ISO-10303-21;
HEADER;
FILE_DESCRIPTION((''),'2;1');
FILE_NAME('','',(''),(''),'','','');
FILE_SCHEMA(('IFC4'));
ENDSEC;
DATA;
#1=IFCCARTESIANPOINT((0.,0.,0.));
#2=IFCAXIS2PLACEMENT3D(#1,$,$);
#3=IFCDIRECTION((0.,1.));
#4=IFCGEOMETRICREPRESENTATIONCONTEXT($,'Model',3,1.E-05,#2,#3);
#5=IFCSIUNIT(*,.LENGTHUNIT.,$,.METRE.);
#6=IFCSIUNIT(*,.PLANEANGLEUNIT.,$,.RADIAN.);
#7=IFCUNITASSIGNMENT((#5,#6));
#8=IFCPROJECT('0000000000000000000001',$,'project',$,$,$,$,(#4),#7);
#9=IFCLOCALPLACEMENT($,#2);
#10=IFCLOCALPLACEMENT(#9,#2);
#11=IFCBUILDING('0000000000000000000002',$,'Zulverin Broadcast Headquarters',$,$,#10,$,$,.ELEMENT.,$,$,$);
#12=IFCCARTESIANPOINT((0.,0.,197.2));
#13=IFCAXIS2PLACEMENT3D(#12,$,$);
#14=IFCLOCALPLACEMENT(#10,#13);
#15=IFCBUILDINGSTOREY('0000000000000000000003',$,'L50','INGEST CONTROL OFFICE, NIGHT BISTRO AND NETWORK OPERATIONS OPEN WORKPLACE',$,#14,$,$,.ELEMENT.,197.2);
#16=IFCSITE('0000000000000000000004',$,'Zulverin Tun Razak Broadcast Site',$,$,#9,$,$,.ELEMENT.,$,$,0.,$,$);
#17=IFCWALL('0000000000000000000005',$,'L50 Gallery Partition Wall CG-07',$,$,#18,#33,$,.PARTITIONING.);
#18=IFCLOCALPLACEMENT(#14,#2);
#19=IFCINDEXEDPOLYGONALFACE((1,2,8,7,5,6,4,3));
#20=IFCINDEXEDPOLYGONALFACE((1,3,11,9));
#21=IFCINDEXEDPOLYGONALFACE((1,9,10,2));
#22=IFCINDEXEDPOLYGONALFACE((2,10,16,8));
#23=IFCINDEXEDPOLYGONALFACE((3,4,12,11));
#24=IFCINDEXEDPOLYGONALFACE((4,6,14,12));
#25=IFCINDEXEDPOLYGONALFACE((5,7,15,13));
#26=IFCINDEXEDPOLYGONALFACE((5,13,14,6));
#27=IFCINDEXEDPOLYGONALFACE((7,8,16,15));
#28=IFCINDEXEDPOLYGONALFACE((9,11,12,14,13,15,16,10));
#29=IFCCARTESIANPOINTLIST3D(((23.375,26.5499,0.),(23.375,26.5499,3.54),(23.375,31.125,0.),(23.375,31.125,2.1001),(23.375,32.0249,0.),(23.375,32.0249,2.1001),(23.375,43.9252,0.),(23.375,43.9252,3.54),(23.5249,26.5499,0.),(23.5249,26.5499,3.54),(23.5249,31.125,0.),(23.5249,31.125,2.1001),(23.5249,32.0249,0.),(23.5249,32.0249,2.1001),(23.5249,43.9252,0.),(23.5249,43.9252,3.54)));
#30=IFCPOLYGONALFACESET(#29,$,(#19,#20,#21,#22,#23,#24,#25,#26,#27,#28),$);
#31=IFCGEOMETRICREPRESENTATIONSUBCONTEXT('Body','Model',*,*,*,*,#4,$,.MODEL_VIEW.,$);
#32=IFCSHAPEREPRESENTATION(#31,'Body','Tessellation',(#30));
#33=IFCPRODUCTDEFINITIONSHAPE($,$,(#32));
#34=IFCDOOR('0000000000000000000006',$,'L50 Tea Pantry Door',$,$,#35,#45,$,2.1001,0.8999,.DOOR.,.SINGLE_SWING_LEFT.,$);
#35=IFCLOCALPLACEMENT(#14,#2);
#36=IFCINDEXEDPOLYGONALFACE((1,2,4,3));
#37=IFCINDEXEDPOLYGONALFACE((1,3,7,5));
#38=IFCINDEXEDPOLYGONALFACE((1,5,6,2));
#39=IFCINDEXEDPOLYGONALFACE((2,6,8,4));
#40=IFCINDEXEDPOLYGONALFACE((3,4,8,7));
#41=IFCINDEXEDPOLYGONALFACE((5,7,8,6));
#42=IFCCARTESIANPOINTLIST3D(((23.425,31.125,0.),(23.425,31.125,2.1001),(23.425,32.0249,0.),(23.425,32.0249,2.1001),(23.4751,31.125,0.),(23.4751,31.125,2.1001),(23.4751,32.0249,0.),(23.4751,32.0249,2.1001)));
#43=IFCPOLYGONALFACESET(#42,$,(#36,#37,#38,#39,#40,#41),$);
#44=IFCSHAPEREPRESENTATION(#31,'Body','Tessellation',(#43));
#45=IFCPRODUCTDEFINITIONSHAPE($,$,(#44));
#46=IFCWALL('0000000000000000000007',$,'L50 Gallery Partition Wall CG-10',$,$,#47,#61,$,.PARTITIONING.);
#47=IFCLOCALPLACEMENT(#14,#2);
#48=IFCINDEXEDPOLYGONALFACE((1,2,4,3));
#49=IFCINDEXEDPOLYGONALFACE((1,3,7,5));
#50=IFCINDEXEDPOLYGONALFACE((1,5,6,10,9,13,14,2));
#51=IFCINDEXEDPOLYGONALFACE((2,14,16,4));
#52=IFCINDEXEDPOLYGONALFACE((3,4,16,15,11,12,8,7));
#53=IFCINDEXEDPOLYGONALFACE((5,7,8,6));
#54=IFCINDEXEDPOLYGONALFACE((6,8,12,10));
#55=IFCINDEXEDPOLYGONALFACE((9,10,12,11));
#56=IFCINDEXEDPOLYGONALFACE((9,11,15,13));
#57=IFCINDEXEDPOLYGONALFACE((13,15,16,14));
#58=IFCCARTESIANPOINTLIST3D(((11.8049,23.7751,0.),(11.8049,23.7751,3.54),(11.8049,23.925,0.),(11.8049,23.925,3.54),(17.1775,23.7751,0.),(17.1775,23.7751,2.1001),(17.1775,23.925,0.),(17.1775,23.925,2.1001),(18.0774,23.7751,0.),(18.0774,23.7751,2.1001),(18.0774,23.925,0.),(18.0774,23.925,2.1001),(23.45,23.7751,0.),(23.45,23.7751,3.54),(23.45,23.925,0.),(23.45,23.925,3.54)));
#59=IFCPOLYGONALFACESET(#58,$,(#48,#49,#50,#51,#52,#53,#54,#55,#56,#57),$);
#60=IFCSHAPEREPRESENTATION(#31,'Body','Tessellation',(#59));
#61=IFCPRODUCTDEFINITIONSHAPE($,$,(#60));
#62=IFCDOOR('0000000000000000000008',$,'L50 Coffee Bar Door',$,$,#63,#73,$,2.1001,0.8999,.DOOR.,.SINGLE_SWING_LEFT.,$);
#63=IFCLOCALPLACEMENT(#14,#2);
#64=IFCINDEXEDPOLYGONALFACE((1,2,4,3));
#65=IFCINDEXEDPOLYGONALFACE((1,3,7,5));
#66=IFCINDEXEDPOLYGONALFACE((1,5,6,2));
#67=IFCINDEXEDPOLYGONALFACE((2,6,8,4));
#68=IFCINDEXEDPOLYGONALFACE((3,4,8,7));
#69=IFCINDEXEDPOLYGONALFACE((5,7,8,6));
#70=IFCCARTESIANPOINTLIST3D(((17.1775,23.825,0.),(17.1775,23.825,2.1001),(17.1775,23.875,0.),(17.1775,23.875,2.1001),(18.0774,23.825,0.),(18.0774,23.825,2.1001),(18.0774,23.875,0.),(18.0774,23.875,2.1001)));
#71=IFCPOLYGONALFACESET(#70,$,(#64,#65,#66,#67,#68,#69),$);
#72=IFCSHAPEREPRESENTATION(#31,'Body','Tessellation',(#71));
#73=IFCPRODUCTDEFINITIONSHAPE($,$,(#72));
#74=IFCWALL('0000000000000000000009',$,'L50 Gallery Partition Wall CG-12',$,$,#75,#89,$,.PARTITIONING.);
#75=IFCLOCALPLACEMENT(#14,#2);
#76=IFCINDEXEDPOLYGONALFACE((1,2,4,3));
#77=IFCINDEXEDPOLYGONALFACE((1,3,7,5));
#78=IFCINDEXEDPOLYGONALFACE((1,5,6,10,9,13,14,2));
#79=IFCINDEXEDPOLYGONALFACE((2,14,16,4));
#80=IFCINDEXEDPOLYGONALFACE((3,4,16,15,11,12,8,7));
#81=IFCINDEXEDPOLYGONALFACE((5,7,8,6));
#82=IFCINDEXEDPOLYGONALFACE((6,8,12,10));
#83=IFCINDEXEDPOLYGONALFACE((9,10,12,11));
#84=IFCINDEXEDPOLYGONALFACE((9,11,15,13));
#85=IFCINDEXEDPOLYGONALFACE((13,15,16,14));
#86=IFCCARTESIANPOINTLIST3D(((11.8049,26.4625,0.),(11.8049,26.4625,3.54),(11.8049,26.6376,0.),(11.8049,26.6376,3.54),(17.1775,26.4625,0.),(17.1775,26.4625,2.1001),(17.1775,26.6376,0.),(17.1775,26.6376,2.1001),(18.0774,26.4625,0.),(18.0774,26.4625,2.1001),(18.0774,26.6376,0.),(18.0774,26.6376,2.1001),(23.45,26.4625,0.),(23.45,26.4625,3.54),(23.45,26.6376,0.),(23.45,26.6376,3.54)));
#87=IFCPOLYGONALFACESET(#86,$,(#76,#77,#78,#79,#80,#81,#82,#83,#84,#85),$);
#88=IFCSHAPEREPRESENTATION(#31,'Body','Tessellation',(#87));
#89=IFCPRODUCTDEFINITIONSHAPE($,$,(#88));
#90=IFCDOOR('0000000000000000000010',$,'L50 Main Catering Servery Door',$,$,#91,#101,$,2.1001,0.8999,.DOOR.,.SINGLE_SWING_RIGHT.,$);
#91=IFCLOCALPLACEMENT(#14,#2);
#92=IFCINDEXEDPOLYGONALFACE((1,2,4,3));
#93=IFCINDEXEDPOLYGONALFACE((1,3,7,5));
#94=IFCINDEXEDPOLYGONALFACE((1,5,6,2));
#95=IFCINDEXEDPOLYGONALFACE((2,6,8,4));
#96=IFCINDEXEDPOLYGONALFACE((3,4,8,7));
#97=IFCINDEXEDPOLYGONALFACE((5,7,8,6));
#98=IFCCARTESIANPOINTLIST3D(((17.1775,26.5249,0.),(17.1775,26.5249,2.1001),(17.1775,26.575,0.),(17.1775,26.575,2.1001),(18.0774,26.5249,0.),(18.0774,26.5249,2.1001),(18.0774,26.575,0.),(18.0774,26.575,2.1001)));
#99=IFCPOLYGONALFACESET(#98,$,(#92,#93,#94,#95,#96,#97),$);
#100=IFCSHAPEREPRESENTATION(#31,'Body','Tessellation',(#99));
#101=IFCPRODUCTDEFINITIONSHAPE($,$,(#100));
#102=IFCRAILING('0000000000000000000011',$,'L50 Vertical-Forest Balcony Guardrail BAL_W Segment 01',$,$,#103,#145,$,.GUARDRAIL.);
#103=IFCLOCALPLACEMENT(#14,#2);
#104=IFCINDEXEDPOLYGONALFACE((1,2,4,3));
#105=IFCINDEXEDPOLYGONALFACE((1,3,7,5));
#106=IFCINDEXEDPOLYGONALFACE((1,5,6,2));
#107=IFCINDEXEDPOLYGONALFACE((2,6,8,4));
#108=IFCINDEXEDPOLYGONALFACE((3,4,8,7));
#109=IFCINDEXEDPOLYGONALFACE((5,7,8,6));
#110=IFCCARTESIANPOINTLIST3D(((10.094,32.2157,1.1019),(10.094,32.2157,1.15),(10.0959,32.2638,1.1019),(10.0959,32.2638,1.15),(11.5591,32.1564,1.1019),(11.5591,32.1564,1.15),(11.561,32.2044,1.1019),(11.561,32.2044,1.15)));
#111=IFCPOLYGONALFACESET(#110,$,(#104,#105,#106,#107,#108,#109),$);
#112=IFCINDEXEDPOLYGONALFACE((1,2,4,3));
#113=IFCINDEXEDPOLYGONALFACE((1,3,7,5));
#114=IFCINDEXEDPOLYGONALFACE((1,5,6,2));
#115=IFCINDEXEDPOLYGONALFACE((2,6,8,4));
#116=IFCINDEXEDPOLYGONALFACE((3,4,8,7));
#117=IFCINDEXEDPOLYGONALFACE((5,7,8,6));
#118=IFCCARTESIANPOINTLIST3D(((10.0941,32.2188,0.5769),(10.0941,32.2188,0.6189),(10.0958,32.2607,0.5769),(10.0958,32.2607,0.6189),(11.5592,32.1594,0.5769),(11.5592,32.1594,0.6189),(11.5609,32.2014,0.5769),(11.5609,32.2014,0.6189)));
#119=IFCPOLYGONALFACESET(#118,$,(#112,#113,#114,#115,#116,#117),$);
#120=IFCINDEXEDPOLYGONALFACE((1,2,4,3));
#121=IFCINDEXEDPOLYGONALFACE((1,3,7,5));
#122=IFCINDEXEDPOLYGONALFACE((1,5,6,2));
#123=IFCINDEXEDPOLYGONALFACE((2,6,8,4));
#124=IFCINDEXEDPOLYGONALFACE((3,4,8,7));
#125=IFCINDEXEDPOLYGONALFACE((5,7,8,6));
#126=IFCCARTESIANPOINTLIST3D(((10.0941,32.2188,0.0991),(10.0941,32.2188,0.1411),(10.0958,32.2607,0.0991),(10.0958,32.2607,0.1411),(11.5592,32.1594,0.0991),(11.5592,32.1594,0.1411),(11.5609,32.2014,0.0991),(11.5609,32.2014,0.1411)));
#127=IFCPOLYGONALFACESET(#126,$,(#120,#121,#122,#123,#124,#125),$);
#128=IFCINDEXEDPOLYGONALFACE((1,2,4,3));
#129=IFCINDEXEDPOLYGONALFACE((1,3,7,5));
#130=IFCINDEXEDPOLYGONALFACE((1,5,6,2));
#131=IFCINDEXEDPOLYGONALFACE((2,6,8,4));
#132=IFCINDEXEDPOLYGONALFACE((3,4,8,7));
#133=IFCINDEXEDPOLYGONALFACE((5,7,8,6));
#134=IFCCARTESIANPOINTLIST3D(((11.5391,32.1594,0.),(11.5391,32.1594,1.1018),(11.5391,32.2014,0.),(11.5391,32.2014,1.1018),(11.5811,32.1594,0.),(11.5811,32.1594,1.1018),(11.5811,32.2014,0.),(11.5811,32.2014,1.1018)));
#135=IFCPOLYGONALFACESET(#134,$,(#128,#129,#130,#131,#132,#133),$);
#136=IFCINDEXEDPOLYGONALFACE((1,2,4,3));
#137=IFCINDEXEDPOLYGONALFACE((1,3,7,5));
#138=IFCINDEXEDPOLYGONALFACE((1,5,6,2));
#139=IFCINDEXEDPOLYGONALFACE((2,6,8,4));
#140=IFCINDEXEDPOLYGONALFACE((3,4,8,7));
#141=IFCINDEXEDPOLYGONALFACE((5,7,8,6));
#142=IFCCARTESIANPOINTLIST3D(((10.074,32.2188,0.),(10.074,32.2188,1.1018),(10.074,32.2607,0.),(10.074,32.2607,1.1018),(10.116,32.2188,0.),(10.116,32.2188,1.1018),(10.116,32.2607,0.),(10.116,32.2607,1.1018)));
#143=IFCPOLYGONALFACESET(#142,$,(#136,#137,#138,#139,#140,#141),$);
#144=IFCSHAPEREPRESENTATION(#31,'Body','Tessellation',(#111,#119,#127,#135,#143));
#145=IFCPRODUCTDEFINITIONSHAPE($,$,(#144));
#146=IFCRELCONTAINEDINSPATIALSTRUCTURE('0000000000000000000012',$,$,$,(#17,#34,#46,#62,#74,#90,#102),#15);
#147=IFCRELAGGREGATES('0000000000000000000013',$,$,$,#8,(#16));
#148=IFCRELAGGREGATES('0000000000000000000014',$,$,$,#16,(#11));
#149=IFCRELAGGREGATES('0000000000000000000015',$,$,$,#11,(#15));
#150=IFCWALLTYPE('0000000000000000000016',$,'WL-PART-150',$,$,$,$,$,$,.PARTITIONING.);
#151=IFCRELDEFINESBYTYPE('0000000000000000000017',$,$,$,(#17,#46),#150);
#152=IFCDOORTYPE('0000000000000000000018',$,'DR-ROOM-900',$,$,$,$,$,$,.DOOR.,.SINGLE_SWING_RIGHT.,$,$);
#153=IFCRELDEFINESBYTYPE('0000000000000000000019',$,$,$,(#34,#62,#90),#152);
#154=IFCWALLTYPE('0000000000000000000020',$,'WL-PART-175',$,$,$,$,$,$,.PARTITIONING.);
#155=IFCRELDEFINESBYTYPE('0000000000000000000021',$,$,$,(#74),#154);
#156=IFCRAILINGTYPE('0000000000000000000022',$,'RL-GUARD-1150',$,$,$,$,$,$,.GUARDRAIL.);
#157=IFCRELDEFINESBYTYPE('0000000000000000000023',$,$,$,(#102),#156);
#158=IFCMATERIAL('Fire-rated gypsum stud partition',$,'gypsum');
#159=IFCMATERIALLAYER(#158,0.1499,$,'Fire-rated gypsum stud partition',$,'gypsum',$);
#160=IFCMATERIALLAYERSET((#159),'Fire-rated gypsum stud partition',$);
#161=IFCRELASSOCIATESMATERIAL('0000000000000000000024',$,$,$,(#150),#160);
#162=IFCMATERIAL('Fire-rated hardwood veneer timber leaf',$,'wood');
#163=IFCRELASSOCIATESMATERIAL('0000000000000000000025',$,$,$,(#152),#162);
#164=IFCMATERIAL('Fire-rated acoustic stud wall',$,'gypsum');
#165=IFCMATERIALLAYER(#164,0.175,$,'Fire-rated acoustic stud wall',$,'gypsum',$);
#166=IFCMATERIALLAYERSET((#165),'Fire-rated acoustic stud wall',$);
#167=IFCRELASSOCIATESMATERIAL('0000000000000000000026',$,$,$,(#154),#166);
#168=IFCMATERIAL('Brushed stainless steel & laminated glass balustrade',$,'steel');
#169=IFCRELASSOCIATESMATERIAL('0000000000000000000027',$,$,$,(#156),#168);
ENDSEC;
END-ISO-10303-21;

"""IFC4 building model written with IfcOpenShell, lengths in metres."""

from ifc_helpers import new_model, si_unit, direction, frame, frame_2d, origin, origin_2d, place, context, subcontext, project, spatial, rectangle, extrude, material, layer, layer_set, type_object, element, fill, save


model = new_model("IFC4")

# Units and contexts
model_context = context("Model", 3, precision=1e-05, world=origin(), true_north=direction((0.0, 1.0)))
body_context = subcontext(model_context, "Body", "Model", "MODEL_VIEW")
ifc_project = project(units=[si_unit("LENGTHUNIT", "METRE"), si_unit("PLANEANGLEUNIT", "RADIAN")], contexts=[model_context])

# Site, building, storey
site_placement = place(None, origin())
site = spatial("IfcSite", under=ifc_project, at=site_placement, Name="Zulverin Tun Razak Broadcast Site", CompositionType="ELEMENT", RefElevation=0.0)
building_placement = place(site_placement, origin())
building = spatial("IfcBuilding", under=site, at=building_placement, Name="Zulverin Broadcast Headquarters", CompositionType="ELEMENT")
storey_placement = place(building_placement, frame((0.0, 0.0, 197.2)))
storey = spatial("IfcBuildingStorey", under=building, at=storey_placement, Name="L50", Description="INGEST CONTROL OFFICE, NIGHT BISTRO AND NETWORK OPERATIONS OPEN WORKPLACE", CompositionType="ELEMENT", Elevation=197.2)

# Shared definitions
ifc_material_1 = material(Name="Fire-rated gypsum stud partition", Category="gypsum")
ifc_layer_1 = layer(ifc_material_1, 0.1499, Name="Fire-rated gypsum stud partition", Category="gypsum")
ifc_layer_set_1 = layer_set([ifc_layer_1], Name="Fire-rated gypsum stud partition")
wall_type_1 = type_object("IfcWallType", Name="WL-PART-150", PredefinedType="PARTITIONING", material=ifc_layer_set_1)

# Walls, openings, doors
wall_1_placement = place(storey_placement, frame((23.45, 26.55, 0.0), z_axis=(0.0, 0.0, 1.0), x_axis=(0.0, 1.0, 0.0)))
wall_1 = element("IfcWall", 1, at=wall_1_placement, inside=storey, type_object=wall_type_1, Name="L50 Gallery Partition Wall CG-07", PredefinedType="PARTITIONING", context=body_context, shape_type="SweptSolid", body=[
    extrude(rectangle(XDim=17.3752, YDim=0.1499, at=frame_2d((8.6875, 0.0))), origin(), (0.0, 0.0, 1.0), 3.54),
])
opening_1_placement = place(wall_1_placement, frame((4.575, 0.0, 0.0)))
opening_1 = element("IfcOpeningElement", 2, at=opening_1_placement, cuts=wall_1, PredefinedType="OPENING", context=body_context, shape_type="SweptSolid", body=[
    extrude(rectangle(XDim=0.8999, YDim=2.1001, at=frame_2d((0.45, 1.05))), frame((0.0, 0.085, 0.0), z_axis=(0.0, -1.0, 0.0), x_axis=(1.0, 0.0, 0.0)), (0.0, 0.0, 1.0), 0.1699),
])
ifc_material_2 = material(Name="Fire-rated hardwood veneer timber leaf", Category="wood")
door_type_1 = type_object("IfcDoorType", Name="DR-ROOM-900", OperationType="SINGLE_SWING_RIGHT", PredefinedType="DOOR", material=ifc_material_2)
door_1_placement = place(opening_1_placement, origin())
door_1 = element("IfcDoor", 3, at=door_1_placement, inside=storey, type_object=door_type_1, Name="L50 Tea Pantry Door", OperationType="SINGLE_SWING_LEFT", OverallHeight=2.1001, OverallWidth=0.8999, PredefinedType="DOOR", context=body_context, shape_type="SweptSolid", body=[
    extrude(rectangle(XDim=0.8999, YDim=2.1001, at=frame_2d((0.45, 1.05))), frame((0.0, 0.0249, 0.0), z_axis=(0.0, -1.0, 0.0), x_axis=(1.0, 0.0, 0.0)), (0.0, 0.0, 1.0), 0.05),
])
fill(opening_1, door_1)
wall_2_placement = place(storey_placement, frame((11.8049, 23.8501, 0.0), z_axis=(0.0, 0.0, 1.0), x_axis=(1.0, 0.0, 0.0)))
wall_2 = element("IfcWall", 4, at=wall_2_placement, inside=storey, type_object=wall_type_1, Name="L50 Gallery Partition Wall CG-10", PredefinedType="PARTITIONING", context=body_context, shape_type="SweptSolid", body=[
    extrude(rectangle(XDim=11.645, YDim=0.1499, at=frame_2d((5.8225, 0.0))), origin(), (0.0, 0.0, 1.0), 3.54),
])
opening_2_placement = place(wall_2_placement, frame((5.3726, 0.0, 0.0)))
opening_2 = element("IfcOpeningElement", 5, at=opening_2_placement, cuts=wall_2, PredefinedType="OPENING", context=body_context, shape_type="SweptSolid", body=[
    extrude(rectangle(XDim=0.8999, YDim=2.1001, at=frame_2d((0.45, 1.05))), frame((0.0, 0.085, 0.0), z_axis=(0.0, -1.0, 0.0), x_axis=(1.0, 0.0, 0.0)), (0.0, 0.0, 1.0), 0.1699),
])
door_2_placement = place(opening_2_placement, origin())
door_2 = element("IfcDoor", 6, at=door_2_placement, inside=storey, type_object=door_type_1, Name="L50 Coffee Bar Door", OperationType="SINGLE_SWING_LEFT", OverallHeight=2.1001, OverallWidth=0.8999, PredefinedType="DOOR", context=body_context, shape_type="SweptSolid", body=[
    extrude(rectangle(XDim=0.8999, YDim=2.1001, at=frame_2d((0.45, 1.05))), frame((0.0, 0.0249, 0.0), z_axis=(0.0, -1.0, 0.0), x_axis=(1.0, 0.0, 0.0)), (0.0, 0.0, 1.0), 0.05),
])
fill(opening_2, door_2)
ifc_material_3 = material(Name="Fire-rated acoustic stud wall", Category="gypsum")
ifc_layer_2 = layer(ifc_material_3, 0.175, Name="Fire-rated acoustic stud wall", Category="gypsum")
ifc_layer_set_2 = layer_set([ifc_layer_2], Name="Fire-rated acoustic stud wall")
wall_type_2 = type_object("IfcWallType", Name="WL-PART-175", PredefinedType="PARTITIONING", material=ifc_layer_set_2)
wall_3_placement = place(storey_placement, frame((11.8049, 26.55, 0.0), z_axis=(0.0, 0.0, 1.0), x_axis=(1.0, 0.0, 0.0)))
wall_3 = element("IfcWall", 7, at=wall_3_placement, inside=storey, type_object=wall_type_2, Name="L50 Gallery Partition Wall CG-12", PredefinedType="PARTITIONING", context=body_context, shape_type="SweptSolid", body=[
    extrude(rectangle(XDim=11.645, YDim=0.175, at=frame_2d((5.8225, 0.0))), origin(), (0.0, 0.0, 1.0), 3.54),
])
opening_3_placement = place(wall_3_placement, frame((5.3726, 0.0, 0.0)))
opening_3 = element("IfcOpeningElement", 8, at=opening_3_placement, cuts=wall_3, PredefinedType="OPENING", context=body_context, shape_type="SweptSolid", body=[
    extrude(rectangle(XDim=0.8999, YDim=2.1001, at=frame_2d((0.45, 1.05))), frame((0.0, 0.0974, 0.0), z_axis=(0.0, -1.0, 0.0), x_axis=(1.0, 0.0, 0.0)), (0.0, 0.0, 1.0), 0.1951),
])
door_3_placement = place(opening_3_placement, origin())
door_3 = element("IfcDoor", 9, at=door_3_placement, inside=storey, type_object=door_type_1, Name="L50 Main Catering Servery Door", OperationType="SINGLE_SWING_RIGHT", OverallHeight=2.1001, OverallWidth=0.8999, PredefinedType="DOOR", context=body_context, shape_type="SweptSolid", body=[
    extrude(rectangle(XDim=0.8999, YDim=2.1001, at=frame_2d((0.45, 1.05))), frame((0.0, 0.0249, 0.0), z_axis=(0.0, -1.0, 0.0), x_axis=(1.0, 0.0, 0.0)), (0.0, 0.0, 1.0), 0.05),
])
fill(opening_3, door_3)

# Railing
ifc_material_4 = material(Name="Brushed stainless steel & laminated glass balustrade", Category="steel")
railing_type = type_object("IfcRailingType", Name="RL-GUARD-1150", PredefinedType="GUARDRAIL", material=ifc_material_4)
railing_1_placement = place(storey_placement, frame((11.5601, 32.1804, 0.0)))
element("IfcRailing", 10, at=railing_1_placement, inside=storey, type_object=railing_type, Name="L50 Vertical-Forest Balcony Guardrail BAL_W Segment 01", PredefinedType="GUARDRAIL", context=body_context, shape_type="SweptSolid", body=[
    extrude(rectangle(XDim=0.0481, YDim=0.0481, at=origin_2d()), frame((0.0, 0.0, 1.126), z_axis=(-0.999181, 0.04046, 0.0), x_axis=(-0.04046, -0.999181, 0.0)), (0.0, 0.0, 1.0), 1.4663),
    extrude(rectangle(XDim=0.042, YDim=0.042, at=origin_2d()), frame((0.0, 0.0, 0.5979), z_axis=(-0.999181, 0.04046, 0.0), x_axis=(-0.04046, -0.999181, 0.0)), (0.0, 0.0, 1.0), 1.4663),
    extrude(rectangle(XDim=0.042, YDim=0.042, at=origin_2d()), frame((0.0, 0.0, 0.1201), z_axis=(-0.999181, 0.04046, 0.0), x_axis=(-0.04046, -0.999181, 0.0)), (0.0, 0.0, 1.0), 1.4663),
    extrude(rectangle(XDim=0.042, YDim=0.042, at=origin_2d()), origin(), (0.0, 0.0, 1.0), 1.1018),
    extrude(rectangle(XDim=0.042, YDim=0.042, at=origin_2d()), frame((-1.4651, 0.0593, 0.0)), (0.0, 0.0, 1.0), 1.1018),
])

save(model, "model.ifc")
